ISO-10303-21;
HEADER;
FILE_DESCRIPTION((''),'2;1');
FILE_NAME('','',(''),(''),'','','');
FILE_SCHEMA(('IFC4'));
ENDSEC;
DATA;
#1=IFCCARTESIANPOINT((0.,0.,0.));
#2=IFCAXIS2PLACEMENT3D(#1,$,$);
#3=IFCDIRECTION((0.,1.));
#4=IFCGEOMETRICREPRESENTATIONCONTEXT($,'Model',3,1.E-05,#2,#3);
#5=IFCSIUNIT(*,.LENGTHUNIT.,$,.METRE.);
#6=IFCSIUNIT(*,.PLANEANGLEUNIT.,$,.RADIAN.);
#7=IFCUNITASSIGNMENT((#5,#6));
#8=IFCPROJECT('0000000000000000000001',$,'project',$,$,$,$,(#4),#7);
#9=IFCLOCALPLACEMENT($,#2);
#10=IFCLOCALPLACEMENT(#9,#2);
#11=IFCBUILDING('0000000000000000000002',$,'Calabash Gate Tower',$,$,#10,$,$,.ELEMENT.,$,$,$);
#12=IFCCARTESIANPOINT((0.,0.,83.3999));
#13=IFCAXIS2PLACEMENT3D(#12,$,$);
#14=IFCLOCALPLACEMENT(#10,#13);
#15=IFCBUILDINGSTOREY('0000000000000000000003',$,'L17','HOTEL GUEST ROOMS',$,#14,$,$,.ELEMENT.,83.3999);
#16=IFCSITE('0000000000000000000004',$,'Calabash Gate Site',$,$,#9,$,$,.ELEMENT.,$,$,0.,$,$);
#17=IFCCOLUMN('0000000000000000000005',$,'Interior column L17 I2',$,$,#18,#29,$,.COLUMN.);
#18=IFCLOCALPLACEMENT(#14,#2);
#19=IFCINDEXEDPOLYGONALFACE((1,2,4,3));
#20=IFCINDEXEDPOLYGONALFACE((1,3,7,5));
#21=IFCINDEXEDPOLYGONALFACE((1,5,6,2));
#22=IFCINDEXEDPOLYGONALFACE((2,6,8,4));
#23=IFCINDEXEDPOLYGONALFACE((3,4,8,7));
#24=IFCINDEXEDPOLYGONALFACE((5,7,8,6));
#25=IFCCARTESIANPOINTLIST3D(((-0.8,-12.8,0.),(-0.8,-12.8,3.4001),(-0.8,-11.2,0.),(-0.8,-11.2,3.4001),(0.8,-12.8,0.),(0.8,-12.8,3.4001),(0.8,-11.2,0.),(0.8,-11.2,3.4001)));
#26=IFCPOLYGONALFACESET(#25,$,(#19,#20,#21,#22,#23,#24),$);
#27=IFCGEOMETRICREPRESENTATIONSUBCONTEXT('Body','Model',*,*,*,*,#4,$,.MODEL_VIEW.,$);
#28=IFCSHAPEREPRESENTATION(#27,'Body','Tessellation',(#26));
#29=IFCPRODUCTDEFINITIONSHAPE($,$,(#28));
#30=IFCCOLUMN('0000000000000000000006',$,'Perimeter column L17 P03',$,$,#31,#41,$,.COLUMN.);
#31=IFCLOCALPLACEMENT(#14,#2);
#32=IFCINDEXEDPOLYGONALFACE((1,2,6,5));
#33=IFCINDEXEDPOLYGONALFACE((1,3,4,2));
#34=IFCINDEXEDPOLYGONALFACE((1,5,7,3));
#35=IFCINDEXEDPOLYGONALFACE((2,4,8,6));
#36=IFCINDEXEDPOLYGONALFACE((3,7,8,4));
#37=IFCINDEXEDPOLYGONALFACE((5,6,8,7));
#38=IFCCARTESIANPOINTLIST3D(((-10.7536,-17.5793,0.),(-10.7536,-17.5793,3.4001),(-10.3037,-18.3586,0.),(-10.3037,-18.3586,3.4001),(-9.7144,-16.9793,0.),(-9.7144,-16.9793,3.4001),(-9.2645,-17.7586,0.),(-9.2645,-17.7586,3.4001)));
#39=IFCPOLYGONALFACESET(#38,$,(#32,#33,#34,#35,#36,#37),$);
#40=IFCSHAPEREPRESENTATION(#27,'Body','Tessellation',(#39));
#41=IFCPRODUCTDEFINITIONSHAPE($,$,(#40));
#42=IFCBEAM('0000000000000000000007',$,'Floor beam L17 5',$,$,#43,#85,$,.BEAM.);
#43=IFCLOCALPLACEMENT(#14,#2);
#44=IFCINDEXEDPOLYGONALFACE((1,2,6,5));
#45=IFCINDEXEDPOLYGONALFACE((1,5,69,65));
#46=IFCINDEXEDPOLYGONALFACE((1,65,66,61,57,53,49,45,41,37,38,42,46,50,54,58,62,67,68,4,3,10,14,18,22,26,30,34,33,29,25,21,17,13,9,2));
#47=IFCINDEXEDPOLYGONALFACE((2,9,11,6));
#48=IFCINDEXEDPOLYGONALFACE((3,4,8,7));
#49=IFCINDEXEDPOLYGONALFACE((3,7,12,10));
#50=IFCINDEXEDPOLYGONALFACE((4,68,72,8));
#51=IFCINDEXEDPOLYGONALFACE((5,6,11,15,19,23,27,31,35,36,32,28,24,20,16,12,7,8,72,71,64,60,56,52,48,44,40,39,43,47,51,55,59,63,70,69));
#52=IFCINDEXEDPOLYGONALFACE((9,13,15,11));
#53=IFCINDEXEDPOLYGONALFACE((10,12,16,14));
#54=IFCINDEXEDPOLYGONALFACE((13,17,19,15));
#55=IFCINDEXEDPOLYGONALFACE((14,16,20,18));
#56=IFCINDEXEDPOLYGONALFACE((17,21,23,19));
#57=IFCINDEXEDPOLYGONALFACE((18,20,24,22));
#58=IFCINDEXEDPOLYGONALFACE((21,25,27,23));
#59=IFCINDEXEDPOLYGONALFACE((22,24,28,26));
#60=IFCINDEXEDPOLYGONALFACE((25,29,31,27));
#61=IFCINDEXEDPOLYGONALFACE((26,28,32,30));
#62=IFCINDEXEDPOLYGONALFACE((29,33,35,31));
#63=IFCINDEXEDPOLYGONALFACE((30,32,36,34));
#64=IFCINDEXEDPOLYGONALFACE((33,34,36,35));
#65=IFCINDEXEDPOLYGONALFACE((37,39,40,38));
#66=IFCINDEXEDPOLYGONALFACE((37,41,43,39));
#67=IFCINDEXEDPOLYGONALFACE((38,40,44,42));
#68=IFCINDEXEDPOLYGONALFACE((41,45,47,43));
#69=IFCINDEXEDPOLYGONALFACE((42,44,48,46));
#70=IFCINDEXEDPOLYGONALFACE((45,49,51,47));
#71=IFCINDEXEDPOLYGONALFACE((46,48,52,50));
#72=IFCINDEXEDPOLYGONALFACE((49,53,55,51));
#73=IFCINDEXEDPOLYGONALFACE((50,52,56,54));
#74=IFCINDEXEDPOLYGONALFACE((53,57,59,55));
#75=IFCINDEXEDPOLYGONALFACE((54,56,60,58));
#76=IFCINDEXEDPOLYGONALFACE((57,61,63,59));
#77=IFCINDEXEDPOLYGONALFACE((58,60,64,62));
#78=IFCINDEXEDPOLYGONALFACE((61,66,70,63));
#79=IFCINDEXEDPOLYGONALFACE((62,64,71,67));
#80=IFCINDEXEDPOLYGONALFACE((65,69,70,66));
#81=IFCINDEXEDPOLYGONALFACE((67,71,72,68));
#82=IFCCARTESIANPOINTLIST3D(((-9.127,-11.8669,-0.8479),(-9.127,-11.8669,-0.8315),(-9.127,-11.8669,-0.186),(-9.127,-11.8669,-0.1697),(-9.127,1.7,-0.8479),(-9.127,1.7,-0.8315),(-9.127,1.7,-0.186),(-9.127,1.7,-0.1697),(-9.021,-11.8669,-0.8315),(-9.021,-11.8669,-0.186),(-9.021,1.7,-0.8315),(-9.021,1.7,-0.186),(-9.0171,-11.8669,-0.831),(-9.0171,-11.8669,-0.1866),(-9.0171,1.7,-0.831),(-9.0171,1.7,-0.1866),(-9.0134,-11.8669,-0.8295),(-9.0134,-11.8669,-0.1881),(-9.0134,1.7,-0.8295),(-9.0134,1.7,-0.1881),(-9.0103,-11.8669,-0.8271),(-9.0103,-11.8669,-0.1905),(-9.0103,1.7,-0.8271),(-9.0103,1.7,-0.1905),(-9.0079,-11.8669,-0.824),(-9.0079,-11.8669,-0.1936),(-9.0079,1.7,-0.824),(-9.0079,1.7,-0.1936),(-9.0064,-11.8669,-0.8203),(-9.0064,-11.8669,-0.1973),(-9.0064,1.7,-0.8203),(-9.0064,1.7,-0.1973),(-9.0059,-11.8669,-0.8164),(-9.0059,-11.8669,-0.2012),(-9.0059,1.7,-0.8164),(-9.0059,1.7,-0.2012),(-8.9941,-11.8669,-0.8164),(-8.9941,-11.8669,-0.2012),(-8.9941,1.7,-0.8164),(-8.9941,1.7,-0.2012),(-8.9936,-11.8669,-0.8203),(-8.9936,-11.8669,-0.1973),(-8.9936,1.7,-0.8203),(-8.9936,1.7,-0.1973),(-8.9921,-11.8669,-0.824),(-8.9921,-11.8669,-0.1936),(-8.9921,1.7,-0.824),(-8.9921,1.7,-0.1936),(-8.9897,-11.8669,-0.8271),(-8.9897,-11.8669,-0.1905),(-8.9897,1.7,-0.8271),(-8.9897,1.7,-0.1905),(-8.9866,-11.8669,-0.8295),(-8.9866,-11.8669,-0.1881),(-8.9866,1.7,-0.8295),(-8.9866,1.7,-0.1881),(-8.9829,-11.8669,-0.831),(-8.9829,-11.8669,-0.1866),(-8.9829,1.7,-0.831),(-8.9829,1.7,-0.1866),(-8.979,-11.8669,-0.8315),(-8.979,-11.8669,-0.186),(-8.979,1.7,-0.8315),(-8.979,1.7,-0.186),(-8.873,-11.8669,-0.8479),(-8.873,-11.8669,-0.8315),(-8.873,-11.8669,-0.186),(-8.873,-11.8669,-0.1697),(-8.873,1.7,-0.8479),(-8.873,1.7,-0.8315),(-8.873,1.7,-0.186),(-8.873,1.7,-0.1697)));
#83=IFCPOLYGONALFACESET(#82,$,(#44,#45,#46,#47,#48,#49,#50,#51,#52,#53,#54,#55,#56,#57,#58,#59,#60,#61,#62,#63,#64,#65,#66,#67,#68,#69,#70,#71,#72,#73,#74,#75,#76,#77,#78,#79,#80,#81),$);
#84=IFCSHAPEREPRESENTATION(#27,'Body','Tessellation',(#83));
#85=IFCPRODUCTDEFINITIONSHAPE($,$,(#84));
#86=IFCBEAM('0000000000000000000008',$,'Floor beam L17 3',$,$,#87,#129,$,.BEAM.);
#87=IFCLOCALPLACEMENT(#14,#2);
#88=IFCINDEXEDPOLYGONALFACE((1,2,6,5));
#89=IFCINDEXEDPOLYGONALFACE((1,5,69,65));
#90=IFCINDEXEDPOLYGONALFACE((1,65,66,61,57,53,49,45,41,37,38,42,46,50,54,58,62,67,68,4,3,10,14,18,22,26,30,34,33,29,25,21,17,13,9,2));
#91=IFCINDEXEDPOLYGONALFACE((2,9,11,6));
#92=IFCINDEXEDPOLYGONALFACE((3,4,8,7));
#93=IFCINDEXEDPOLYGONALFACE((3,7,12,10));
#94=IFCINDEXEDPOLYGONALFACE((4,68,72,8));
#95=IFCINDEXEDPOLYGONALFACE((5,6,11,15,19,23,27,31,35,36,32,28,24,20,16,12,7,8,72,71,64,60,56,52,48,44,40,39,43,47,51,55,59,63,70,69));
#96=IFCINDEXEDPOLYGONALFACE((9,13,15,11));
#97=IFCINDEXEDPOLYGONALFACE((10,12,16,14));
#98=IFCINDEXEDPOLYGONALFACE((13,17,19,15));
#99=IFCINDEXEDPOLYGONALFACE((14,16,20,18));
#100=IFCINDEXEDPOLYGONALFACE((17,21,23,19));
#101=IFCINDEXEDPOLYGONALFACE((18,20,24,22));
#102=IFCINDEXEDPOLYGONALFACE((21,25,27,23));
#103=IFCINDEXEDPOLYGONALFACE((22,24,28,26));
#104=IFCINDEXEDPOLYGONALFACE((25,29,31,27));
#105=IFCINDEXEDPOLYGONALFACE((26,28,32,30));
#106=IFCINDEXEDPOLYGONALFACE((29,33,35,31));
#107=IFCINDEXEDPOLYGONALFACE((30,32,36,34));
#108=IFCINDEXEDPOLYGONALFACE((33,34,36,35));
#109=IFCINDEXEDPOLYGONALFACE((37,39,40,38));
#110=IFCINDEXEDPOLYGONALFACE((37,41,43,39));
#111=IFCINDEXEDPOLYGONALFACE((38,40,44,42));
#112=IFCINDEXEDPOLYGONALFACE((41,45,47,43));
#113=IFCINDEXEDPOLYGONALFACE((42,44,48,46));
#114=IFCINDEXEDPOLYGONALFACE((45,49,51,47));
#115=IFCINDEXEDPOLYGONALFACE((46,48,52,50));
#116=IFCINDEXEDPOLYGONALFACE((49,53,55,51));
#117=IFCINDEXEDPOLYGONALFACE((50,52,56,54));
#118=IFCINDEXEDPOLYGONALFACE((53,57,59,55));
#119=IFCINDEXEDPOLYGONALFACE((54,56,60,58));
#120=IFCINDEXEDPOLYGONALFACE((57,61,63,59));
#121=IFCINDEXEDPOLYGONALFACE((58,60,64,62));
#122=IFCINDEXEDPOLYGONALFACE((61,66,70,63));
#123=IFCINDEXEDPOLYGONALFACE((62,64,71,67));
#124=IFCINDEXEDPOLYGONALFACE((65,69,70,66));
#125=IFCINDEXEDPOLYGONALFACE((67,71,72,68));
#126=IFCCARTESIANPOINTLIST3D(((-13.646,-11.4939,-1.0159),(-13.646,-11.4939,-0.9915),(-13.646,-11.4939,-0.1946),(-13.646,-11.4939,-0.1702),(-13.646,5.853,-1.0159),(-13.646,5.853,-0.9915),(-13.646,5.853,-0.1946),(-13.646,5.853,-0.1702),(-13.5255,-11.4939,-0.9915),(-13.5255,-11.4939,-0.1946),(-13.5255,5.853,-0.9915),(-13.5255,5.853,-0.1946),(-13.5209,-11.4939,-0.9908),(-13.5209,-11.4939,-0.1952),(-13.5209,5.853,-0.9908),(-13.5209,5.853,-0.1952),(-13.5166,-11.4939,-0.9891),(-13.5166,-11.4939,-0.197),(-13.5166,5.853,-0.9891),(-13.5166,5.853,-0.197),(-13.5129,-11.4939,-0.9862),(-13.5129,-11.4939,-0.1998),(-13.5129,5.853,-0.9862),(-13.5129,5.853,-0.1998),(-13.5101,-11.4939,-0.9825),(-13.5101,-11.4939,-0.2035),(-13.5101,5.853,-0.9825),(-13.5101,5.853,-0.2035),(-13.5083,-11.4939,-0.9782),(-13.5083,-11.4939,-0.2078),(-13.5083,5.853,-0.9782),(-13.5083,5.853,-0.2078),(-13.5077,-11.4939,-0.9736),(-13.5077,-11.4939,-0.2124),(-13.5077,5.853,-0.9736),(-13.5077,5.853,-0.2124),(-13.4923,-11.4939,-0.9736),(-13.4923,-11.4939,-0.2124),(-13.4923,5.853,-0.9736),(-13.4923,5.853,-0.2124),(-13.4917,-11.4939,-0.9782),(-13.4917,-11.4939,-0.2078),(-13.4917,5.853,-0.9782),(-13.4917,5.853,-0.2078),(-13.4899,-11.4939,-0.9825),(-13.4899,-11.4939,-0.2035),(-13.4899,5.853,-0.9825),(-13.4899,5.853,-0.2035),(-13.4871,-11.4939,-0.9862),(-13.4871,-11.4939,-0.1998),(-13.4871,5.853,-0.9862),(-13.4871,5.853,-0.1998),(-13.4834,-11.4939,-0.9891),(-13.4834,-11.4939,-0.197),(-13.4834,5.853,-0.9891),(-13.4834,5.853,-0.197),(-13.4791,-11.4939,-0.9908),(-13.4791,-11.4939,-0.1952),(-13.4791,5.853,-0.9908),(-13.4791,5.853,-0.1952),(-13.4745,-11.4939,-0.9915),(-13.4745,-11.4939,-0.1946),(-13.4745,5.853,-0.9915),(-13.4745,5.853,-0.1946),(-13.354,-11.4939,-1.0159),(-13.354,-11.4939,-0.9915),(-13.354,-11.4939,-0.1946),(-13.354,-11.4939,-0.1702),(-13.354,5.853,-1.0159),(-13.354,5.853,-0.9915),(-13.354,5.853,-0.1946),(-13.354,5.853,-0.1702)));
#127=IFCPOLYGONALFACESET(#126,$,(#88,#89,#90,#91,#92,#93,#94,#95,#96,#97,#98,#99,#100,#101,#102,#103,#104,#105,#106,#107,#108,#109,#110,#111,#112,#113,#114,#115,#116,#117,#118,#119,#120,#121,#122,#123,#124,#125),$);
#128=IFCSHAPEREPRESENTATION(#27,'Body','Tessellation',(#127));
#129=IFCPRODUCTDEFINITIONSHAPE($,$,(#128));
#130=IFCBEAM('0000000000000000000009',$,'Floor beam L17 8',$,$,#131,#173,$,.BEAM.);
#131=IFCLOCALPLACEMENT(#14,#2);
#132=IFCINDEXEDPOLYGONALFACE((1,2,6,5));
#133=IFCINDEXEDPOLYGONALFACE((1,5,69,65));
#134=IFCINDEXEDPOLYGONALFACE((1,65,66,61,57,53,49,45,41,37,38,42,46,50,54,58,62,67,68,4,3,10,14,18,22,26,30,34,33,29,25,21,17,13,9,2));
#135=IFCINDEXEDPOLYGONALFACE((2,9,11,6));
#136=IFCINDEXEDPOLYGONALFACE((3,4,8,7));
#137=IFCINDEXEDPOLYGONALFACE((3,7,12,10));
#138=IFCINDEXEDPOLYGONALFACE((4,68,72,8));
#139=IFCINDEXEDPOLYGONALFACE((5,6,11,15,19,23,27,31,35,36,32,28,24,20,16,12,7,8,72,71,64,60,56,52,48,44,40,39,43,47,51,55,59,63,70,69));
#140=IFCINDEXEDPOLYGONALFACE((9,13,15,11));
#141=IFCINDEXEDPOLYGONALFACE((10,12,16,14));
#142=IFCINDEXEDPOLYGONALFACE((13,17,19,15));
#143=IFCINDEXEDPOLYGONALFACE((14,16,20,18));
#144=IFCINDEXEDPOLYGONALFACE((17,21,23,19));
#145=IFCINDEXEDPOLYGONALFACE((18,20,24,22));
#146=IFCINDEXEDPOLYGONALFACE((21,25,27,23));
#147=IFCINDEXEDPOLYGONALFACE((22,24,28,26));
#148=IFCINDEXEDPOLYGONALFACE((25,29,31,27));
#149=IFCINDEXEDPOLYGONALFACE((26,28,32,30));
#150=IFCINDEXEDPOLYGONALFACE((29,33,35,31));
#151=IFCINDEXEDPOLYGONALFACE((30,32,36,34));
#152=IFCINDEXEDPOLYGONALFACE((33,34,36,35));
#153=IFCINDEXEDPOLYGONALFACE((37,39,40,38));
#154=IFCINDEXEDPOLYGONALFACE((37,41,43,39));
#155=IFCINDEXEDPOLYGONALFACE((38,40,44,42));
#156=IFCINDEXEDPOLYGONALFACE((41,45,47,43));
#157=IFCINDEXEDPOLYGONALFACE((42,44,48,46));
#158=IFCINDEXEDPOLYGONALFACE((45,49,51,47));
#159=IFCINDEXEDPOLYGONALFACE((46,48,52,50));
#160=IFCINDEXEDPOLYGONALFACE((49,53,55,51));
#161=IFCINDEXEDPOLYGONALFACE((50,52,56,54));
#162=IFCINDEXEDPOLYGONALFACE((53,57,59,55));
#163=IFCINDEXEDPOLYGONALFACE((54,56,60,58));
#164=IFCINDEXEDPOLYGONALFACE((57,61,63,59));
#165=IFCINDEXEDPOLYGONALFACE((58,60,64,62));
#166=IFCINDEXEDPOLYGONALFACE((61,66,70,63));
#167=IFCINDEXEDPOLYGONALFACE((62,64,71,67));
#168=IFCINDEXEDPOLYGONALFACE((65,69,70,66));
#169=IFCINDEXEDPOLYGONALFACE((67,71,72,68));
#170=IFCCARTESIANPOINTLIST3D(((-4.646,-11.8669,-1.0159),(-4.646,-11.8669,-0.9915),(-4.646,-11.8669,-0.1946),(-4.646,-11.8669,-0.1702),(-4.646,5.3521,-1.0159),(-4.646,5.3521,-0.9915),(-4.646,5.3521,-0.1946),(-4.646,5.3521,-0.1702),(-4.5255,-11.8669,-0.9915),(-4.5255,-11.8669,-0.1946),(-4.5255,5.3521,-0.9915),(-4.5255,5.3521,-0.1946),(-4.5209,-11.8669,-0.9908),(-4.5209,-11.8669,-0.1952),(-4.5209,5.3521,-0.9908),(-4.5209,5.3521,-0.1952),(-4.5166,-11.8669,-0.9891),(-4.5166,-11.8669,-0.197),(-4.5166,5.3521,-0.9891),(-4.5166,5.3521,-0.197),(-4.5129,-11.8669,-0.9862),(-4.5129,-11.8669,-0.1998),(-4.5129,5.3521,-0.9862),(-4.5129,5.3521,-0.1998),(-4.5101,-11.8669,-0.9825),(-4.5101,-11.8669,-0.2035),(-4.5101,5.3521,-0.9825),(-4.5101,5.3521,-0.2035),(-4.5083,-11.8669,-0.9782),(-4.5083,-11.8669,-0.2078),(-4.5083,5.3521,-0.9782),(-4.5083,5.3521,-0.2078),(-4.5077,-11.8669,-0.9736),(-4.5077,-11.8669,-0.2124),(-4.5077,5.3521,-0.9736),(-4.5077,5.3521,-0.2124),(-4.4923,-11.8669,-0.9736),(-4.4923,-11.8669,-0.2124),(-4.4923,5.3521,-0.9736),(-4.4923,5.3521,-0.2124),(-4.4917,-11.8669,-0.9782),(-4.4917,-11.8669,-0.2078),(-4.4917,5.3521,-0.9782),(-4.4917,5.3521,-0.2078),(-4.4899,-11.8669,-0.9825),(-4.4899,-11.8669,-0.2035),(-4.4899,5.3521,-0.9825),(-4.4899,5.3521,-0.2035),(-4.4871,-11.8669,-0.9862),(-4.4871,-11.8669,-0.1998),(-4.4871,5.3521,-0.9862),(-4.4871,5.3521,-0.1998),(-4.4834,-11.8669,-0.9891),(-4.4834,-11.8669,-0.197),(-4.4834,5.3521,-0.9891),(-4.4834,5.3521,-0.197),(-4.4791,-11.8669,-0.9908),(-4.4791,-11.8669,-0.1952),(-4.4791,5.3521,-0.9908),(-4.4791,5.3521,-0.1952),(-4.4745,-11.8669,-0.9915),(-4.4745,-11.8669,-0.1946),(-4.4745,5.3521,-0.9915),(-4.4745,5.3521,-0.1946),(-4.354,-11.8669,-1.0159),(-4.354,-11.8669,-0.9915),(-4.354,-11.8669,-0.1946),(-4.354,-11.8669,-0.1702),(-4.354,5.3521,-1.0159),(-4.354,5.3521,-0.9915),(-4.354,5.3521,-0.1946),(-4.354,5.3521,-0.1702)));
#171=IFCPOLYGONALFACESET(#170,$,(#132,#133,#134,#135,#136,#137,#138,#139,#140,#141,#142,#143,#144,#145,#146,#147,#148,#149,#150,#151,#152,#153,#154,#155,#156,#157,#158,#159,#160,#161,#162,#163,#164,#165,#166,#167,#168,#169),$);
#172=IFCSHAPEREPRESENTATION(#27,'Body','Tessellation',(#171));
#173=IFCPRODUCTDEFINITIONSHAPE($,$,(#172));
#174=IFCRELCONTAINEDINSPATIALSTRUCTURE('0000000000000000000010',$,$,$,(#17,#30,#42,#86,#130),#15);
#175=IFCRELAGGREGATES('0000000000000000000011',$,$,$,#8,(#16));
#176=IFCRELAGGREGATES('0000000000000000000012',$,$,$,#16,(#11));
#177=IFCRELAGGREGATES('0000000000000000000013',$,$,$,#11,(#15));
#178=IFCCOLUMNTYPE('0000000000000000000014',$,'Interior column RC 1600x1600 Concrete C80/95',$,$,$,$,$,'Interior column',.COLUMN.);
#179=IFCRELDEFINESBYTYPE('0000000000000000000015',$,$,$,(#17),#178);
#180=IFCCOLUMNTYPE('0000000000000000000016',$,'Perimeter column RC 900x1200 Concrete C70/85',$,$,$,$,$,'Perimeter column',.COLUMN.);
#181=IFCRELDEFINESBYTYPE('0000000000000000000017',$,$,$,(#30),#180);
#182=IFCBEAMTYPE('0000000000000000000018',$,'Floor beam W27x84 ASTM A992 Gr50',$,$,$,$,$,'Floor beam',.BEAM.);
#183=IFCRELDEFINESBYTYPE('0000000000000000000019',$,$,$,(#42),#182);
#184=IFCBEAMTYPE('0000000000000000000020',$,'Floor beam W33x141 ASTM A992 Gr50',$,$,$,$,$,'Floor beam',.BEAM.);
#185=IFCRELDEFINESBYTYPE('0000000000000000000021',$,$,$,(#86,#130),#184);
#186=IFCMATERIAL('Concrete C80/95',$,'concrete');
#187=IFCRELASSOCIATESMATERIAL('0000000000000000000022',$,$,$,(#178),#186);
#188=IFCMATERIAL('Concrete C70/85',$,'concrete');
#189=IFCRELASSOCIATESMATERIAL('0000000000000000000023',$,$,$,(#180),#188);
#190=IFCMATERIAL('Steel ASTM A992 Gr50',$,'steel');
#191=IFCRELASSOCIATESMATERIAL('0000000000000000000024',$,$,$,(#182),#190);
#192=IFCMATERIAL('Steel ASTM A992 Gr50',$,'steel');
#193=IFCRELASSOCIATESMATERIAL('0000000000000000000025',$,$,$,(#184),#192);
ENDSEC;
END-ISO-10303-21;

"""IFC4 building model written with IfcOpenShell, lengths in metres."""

from ifc_helpers import new_model, si_unit, direction, frame, origin, origin_2d, place, context, subcontext, project, spatial, rectangle, i_section, extrude, material, material_profile, profile_set, type_object, element, save


model = new_model("IFC4")

# Units and contexts
model_context = context("Model", 3, precision=1e-05, world=origin(), true_north=direction((0.0, 1.0)))
body_context = subcontext(model_context, "Body", "Model", "MODEL_VIEW")
ifc_project = project(units=[si_unit("LENGTHUNIT", "METRE"), si_unit("PLANEANGLEUNIT", "RADIAN")], contexts=[model_context])

# Site, building, storey
site_placement = place(None, origin())
site = spatial("IfcSite", under=ifc_project, at=site_placement, Name="Calabash Gate Site", CompositionType="ELEMENT", RefElevation=0.0)
building_placement = place(site_placement, origin())
building = spatial("IfcBuilding", under=site, at=building_placement, Name="Calabash Gate Tower", CompositionType="ELEMENT")
storey_placement = place(building_placement, frame((0.0, 0.0, 83.3999)))
storey = spatial("IfcBuildingStorey", under=building, at=storey_placement, Name="L17", Description="HOTEL GUEST ROOMS", CompositionType="ELEMENT", Elevation=83.3999)

# Columns
ifc_material_1 = material(Name="Concrete C80/95", Category="concrete")
ifc_material_profile_1 = material_profile(ifc_material_1, rectangle(XDim=1.6001, YDim=1.6001, at=origin_2d()))
ifc_profile_set_1 = profile_set([ifc_material_profile_1], Name="Concrete C80/95")
column_type_1 = type_object("IfcColumnType", Name="Interior column RC 1600x1600 Concrete C80/95", ElementType="Interior column", PredefinedType="COLUMN", material=ifc_profile_set_1)
column_1_placement = place(storey_placement, frame((0.0, -12.0, 0.0), z_axis=(0.0, 0.0, 1.0), x_axis=(1.0, 0.0, 0.0)))
element("IfcColumn", 1, at=column_1_placement, inside=storey, type_object=column_type_1, Name="Interior column L17 I2", PredefinedType="COLUMN", context=body_context, shape_type="SweptSolid", body=[
    extrude(rectangle(XDim=1.6001, YDim=1.6001, at=origin_2d()), origin(), (0.0, 0.0, 1.0), 3.4001),
])
ifc_material_2 = material(Name="Concrete C70/85", Category="concrete")
ifc_material_profile_2 = material_profile(ifc_material_2, rectangle(XDim=0.8999, YDim=1.2, at=origin_2d()))
ifc_profile_set_2 = profile_set([ifc_material_profile_2], Name="Concrete C70/85")
column_type_2 = type_object("IfcColumnType", Name="Perimeter column RC 900x1200 Concrete C70/85", ElementType="Perimeter column", PredefinedType="COLUMN", material=ifc_profile_set_2)
column_2_placement = place(storey_placement, frame((-10.009, -17.6689, 0.0), z_axis=(0.0, 0.0, 1.0), x_axis=(0.5, -0.866025, 0.0)))
element("IfcColumn", 2, at=column_2_placement, inside=storey, type_object=column_type_2, Name="Perimeter column L17 P03", PredefinedType="COLUMN", context=body_context, shape_type="SweptSolid", body=[
    extrude(rectangle(XDim=0.8999, YDim=1.2, at=origin_2d()), origin(), (0.0, 0.0, 1.0), 3.4001),
])

# Beams
ifc_material_3 = material(Name="Steel ASTM A992 Gr50", Category="steel")
ifc_material_profile_3 = material_profile(ifc_material_3, i_section(OverallWidth=0.2539, OverallDepth=0.6782, WebThickness=0.0117, FlangeThickness=0.0164, FilletRadius=0.0151, at=origin_2d()))
ifc_profile_set_3 = profile_set([ifc_material_profile_3], Name="Steel ASTM A992 Gr50")
beam_type_1 = type_object("IfcBeamType", Name="Floor beam W27x84 ASTM A992 Gr50", ElementType="Floor beam", PredefinedType="BEAM", material=ifc_profile_set_3)
beam_1_placement = place(storey_placement, frame((-9.0, -11.8669, -0.5088), z_axis=(0.0, 1.0, 0.0), x_axis=(-1.0, 0.0, 0.0)))
element("IfcBeam", 3, at=beam_1_placement, inside=storey, type_object=beam_type_1, Name="Floor beam L17 5", PredefinedType="BEAM", context=body_context, shape_type="SweptSolid", body=[
    extrude(i_section(OverallWidth=0.2539, OverallDepth=0.6782, WebThickness=0.0117, FlangeThickness=0.0164, FilletRadius=0.0151, at=origin_2d()), origin(), (0.0, 0.0, 1.0), 13.5669),
])
ifc_material_4 = material(Name="Steel ASTM A992 Gr50", Category="steel")
ifc_material_profile_4 = material_profile(ifc_material_4, i_section(OverallWidth=0.292, OverallDepth=0.8457, WebThickness=0.0154, FlangeThickness=0.0244, FilletRadius=0.0178, at=origin_2d()))
ifc_profile_set_4 = profile_set([ifc_material_profile_4], Name="Steel ASTM A992 Gr50")
beam_type_2 = type_object("IfcBeamType", Name="Floor beam W33x141 ASTM A992 Gr50", ElementType="Floor beam", PredefinedType="BEAM", material=ifc_profile_set_4)
beam_2_placement = place(storey_placement, frame((-13.5, -11.4939, -0.593), z_axis=(0.0, 1.0, 0.0), x_axis=(-1.0, 0.0, 0.0)))
element("IfcBeam", 4, at=beam_2_placement, inside=storey, type_object=beam_type_2, Name="Floor beam L17 3", PredefinedType="BEAM", context=body_context, shape_type="SweptSolid", body=[
    extrude(i_section(OverallWidth=0.292, OverallDepth=0.8457, WebThickness=0.0154, FlangeThickness=0.0244, FilletRadius=0.0178, at=origin_2d()), origin(), (0.0, 0.0, 1.0), 17.3469),
])
beam_3_placement = place(storey_placement, frame((-4.5, -11.8669, -0.593), z_axis=(0.0, 1.0, 0.0), x_axis=(-1.0, 0.0, 0.0)))
element("IfcBeam", 5, at=beam_3_placement, inside=storey, type_object=beam_type_2, Name="Floor beam L17 8", PredefinedType="BEAM", context=body_context, shape_type="SweptSolid", body=[
    extrude(i_section(OverallWidth=0.292, OverallDepth=0.8457, WebThickness=0.0154, FlangeThickness=0.0244, FilletRadius=0.0178, at=origin_2d()), origin(), (0.0, 0.0, 1.0), 17.219),
])

save(model, "model.ifc")
